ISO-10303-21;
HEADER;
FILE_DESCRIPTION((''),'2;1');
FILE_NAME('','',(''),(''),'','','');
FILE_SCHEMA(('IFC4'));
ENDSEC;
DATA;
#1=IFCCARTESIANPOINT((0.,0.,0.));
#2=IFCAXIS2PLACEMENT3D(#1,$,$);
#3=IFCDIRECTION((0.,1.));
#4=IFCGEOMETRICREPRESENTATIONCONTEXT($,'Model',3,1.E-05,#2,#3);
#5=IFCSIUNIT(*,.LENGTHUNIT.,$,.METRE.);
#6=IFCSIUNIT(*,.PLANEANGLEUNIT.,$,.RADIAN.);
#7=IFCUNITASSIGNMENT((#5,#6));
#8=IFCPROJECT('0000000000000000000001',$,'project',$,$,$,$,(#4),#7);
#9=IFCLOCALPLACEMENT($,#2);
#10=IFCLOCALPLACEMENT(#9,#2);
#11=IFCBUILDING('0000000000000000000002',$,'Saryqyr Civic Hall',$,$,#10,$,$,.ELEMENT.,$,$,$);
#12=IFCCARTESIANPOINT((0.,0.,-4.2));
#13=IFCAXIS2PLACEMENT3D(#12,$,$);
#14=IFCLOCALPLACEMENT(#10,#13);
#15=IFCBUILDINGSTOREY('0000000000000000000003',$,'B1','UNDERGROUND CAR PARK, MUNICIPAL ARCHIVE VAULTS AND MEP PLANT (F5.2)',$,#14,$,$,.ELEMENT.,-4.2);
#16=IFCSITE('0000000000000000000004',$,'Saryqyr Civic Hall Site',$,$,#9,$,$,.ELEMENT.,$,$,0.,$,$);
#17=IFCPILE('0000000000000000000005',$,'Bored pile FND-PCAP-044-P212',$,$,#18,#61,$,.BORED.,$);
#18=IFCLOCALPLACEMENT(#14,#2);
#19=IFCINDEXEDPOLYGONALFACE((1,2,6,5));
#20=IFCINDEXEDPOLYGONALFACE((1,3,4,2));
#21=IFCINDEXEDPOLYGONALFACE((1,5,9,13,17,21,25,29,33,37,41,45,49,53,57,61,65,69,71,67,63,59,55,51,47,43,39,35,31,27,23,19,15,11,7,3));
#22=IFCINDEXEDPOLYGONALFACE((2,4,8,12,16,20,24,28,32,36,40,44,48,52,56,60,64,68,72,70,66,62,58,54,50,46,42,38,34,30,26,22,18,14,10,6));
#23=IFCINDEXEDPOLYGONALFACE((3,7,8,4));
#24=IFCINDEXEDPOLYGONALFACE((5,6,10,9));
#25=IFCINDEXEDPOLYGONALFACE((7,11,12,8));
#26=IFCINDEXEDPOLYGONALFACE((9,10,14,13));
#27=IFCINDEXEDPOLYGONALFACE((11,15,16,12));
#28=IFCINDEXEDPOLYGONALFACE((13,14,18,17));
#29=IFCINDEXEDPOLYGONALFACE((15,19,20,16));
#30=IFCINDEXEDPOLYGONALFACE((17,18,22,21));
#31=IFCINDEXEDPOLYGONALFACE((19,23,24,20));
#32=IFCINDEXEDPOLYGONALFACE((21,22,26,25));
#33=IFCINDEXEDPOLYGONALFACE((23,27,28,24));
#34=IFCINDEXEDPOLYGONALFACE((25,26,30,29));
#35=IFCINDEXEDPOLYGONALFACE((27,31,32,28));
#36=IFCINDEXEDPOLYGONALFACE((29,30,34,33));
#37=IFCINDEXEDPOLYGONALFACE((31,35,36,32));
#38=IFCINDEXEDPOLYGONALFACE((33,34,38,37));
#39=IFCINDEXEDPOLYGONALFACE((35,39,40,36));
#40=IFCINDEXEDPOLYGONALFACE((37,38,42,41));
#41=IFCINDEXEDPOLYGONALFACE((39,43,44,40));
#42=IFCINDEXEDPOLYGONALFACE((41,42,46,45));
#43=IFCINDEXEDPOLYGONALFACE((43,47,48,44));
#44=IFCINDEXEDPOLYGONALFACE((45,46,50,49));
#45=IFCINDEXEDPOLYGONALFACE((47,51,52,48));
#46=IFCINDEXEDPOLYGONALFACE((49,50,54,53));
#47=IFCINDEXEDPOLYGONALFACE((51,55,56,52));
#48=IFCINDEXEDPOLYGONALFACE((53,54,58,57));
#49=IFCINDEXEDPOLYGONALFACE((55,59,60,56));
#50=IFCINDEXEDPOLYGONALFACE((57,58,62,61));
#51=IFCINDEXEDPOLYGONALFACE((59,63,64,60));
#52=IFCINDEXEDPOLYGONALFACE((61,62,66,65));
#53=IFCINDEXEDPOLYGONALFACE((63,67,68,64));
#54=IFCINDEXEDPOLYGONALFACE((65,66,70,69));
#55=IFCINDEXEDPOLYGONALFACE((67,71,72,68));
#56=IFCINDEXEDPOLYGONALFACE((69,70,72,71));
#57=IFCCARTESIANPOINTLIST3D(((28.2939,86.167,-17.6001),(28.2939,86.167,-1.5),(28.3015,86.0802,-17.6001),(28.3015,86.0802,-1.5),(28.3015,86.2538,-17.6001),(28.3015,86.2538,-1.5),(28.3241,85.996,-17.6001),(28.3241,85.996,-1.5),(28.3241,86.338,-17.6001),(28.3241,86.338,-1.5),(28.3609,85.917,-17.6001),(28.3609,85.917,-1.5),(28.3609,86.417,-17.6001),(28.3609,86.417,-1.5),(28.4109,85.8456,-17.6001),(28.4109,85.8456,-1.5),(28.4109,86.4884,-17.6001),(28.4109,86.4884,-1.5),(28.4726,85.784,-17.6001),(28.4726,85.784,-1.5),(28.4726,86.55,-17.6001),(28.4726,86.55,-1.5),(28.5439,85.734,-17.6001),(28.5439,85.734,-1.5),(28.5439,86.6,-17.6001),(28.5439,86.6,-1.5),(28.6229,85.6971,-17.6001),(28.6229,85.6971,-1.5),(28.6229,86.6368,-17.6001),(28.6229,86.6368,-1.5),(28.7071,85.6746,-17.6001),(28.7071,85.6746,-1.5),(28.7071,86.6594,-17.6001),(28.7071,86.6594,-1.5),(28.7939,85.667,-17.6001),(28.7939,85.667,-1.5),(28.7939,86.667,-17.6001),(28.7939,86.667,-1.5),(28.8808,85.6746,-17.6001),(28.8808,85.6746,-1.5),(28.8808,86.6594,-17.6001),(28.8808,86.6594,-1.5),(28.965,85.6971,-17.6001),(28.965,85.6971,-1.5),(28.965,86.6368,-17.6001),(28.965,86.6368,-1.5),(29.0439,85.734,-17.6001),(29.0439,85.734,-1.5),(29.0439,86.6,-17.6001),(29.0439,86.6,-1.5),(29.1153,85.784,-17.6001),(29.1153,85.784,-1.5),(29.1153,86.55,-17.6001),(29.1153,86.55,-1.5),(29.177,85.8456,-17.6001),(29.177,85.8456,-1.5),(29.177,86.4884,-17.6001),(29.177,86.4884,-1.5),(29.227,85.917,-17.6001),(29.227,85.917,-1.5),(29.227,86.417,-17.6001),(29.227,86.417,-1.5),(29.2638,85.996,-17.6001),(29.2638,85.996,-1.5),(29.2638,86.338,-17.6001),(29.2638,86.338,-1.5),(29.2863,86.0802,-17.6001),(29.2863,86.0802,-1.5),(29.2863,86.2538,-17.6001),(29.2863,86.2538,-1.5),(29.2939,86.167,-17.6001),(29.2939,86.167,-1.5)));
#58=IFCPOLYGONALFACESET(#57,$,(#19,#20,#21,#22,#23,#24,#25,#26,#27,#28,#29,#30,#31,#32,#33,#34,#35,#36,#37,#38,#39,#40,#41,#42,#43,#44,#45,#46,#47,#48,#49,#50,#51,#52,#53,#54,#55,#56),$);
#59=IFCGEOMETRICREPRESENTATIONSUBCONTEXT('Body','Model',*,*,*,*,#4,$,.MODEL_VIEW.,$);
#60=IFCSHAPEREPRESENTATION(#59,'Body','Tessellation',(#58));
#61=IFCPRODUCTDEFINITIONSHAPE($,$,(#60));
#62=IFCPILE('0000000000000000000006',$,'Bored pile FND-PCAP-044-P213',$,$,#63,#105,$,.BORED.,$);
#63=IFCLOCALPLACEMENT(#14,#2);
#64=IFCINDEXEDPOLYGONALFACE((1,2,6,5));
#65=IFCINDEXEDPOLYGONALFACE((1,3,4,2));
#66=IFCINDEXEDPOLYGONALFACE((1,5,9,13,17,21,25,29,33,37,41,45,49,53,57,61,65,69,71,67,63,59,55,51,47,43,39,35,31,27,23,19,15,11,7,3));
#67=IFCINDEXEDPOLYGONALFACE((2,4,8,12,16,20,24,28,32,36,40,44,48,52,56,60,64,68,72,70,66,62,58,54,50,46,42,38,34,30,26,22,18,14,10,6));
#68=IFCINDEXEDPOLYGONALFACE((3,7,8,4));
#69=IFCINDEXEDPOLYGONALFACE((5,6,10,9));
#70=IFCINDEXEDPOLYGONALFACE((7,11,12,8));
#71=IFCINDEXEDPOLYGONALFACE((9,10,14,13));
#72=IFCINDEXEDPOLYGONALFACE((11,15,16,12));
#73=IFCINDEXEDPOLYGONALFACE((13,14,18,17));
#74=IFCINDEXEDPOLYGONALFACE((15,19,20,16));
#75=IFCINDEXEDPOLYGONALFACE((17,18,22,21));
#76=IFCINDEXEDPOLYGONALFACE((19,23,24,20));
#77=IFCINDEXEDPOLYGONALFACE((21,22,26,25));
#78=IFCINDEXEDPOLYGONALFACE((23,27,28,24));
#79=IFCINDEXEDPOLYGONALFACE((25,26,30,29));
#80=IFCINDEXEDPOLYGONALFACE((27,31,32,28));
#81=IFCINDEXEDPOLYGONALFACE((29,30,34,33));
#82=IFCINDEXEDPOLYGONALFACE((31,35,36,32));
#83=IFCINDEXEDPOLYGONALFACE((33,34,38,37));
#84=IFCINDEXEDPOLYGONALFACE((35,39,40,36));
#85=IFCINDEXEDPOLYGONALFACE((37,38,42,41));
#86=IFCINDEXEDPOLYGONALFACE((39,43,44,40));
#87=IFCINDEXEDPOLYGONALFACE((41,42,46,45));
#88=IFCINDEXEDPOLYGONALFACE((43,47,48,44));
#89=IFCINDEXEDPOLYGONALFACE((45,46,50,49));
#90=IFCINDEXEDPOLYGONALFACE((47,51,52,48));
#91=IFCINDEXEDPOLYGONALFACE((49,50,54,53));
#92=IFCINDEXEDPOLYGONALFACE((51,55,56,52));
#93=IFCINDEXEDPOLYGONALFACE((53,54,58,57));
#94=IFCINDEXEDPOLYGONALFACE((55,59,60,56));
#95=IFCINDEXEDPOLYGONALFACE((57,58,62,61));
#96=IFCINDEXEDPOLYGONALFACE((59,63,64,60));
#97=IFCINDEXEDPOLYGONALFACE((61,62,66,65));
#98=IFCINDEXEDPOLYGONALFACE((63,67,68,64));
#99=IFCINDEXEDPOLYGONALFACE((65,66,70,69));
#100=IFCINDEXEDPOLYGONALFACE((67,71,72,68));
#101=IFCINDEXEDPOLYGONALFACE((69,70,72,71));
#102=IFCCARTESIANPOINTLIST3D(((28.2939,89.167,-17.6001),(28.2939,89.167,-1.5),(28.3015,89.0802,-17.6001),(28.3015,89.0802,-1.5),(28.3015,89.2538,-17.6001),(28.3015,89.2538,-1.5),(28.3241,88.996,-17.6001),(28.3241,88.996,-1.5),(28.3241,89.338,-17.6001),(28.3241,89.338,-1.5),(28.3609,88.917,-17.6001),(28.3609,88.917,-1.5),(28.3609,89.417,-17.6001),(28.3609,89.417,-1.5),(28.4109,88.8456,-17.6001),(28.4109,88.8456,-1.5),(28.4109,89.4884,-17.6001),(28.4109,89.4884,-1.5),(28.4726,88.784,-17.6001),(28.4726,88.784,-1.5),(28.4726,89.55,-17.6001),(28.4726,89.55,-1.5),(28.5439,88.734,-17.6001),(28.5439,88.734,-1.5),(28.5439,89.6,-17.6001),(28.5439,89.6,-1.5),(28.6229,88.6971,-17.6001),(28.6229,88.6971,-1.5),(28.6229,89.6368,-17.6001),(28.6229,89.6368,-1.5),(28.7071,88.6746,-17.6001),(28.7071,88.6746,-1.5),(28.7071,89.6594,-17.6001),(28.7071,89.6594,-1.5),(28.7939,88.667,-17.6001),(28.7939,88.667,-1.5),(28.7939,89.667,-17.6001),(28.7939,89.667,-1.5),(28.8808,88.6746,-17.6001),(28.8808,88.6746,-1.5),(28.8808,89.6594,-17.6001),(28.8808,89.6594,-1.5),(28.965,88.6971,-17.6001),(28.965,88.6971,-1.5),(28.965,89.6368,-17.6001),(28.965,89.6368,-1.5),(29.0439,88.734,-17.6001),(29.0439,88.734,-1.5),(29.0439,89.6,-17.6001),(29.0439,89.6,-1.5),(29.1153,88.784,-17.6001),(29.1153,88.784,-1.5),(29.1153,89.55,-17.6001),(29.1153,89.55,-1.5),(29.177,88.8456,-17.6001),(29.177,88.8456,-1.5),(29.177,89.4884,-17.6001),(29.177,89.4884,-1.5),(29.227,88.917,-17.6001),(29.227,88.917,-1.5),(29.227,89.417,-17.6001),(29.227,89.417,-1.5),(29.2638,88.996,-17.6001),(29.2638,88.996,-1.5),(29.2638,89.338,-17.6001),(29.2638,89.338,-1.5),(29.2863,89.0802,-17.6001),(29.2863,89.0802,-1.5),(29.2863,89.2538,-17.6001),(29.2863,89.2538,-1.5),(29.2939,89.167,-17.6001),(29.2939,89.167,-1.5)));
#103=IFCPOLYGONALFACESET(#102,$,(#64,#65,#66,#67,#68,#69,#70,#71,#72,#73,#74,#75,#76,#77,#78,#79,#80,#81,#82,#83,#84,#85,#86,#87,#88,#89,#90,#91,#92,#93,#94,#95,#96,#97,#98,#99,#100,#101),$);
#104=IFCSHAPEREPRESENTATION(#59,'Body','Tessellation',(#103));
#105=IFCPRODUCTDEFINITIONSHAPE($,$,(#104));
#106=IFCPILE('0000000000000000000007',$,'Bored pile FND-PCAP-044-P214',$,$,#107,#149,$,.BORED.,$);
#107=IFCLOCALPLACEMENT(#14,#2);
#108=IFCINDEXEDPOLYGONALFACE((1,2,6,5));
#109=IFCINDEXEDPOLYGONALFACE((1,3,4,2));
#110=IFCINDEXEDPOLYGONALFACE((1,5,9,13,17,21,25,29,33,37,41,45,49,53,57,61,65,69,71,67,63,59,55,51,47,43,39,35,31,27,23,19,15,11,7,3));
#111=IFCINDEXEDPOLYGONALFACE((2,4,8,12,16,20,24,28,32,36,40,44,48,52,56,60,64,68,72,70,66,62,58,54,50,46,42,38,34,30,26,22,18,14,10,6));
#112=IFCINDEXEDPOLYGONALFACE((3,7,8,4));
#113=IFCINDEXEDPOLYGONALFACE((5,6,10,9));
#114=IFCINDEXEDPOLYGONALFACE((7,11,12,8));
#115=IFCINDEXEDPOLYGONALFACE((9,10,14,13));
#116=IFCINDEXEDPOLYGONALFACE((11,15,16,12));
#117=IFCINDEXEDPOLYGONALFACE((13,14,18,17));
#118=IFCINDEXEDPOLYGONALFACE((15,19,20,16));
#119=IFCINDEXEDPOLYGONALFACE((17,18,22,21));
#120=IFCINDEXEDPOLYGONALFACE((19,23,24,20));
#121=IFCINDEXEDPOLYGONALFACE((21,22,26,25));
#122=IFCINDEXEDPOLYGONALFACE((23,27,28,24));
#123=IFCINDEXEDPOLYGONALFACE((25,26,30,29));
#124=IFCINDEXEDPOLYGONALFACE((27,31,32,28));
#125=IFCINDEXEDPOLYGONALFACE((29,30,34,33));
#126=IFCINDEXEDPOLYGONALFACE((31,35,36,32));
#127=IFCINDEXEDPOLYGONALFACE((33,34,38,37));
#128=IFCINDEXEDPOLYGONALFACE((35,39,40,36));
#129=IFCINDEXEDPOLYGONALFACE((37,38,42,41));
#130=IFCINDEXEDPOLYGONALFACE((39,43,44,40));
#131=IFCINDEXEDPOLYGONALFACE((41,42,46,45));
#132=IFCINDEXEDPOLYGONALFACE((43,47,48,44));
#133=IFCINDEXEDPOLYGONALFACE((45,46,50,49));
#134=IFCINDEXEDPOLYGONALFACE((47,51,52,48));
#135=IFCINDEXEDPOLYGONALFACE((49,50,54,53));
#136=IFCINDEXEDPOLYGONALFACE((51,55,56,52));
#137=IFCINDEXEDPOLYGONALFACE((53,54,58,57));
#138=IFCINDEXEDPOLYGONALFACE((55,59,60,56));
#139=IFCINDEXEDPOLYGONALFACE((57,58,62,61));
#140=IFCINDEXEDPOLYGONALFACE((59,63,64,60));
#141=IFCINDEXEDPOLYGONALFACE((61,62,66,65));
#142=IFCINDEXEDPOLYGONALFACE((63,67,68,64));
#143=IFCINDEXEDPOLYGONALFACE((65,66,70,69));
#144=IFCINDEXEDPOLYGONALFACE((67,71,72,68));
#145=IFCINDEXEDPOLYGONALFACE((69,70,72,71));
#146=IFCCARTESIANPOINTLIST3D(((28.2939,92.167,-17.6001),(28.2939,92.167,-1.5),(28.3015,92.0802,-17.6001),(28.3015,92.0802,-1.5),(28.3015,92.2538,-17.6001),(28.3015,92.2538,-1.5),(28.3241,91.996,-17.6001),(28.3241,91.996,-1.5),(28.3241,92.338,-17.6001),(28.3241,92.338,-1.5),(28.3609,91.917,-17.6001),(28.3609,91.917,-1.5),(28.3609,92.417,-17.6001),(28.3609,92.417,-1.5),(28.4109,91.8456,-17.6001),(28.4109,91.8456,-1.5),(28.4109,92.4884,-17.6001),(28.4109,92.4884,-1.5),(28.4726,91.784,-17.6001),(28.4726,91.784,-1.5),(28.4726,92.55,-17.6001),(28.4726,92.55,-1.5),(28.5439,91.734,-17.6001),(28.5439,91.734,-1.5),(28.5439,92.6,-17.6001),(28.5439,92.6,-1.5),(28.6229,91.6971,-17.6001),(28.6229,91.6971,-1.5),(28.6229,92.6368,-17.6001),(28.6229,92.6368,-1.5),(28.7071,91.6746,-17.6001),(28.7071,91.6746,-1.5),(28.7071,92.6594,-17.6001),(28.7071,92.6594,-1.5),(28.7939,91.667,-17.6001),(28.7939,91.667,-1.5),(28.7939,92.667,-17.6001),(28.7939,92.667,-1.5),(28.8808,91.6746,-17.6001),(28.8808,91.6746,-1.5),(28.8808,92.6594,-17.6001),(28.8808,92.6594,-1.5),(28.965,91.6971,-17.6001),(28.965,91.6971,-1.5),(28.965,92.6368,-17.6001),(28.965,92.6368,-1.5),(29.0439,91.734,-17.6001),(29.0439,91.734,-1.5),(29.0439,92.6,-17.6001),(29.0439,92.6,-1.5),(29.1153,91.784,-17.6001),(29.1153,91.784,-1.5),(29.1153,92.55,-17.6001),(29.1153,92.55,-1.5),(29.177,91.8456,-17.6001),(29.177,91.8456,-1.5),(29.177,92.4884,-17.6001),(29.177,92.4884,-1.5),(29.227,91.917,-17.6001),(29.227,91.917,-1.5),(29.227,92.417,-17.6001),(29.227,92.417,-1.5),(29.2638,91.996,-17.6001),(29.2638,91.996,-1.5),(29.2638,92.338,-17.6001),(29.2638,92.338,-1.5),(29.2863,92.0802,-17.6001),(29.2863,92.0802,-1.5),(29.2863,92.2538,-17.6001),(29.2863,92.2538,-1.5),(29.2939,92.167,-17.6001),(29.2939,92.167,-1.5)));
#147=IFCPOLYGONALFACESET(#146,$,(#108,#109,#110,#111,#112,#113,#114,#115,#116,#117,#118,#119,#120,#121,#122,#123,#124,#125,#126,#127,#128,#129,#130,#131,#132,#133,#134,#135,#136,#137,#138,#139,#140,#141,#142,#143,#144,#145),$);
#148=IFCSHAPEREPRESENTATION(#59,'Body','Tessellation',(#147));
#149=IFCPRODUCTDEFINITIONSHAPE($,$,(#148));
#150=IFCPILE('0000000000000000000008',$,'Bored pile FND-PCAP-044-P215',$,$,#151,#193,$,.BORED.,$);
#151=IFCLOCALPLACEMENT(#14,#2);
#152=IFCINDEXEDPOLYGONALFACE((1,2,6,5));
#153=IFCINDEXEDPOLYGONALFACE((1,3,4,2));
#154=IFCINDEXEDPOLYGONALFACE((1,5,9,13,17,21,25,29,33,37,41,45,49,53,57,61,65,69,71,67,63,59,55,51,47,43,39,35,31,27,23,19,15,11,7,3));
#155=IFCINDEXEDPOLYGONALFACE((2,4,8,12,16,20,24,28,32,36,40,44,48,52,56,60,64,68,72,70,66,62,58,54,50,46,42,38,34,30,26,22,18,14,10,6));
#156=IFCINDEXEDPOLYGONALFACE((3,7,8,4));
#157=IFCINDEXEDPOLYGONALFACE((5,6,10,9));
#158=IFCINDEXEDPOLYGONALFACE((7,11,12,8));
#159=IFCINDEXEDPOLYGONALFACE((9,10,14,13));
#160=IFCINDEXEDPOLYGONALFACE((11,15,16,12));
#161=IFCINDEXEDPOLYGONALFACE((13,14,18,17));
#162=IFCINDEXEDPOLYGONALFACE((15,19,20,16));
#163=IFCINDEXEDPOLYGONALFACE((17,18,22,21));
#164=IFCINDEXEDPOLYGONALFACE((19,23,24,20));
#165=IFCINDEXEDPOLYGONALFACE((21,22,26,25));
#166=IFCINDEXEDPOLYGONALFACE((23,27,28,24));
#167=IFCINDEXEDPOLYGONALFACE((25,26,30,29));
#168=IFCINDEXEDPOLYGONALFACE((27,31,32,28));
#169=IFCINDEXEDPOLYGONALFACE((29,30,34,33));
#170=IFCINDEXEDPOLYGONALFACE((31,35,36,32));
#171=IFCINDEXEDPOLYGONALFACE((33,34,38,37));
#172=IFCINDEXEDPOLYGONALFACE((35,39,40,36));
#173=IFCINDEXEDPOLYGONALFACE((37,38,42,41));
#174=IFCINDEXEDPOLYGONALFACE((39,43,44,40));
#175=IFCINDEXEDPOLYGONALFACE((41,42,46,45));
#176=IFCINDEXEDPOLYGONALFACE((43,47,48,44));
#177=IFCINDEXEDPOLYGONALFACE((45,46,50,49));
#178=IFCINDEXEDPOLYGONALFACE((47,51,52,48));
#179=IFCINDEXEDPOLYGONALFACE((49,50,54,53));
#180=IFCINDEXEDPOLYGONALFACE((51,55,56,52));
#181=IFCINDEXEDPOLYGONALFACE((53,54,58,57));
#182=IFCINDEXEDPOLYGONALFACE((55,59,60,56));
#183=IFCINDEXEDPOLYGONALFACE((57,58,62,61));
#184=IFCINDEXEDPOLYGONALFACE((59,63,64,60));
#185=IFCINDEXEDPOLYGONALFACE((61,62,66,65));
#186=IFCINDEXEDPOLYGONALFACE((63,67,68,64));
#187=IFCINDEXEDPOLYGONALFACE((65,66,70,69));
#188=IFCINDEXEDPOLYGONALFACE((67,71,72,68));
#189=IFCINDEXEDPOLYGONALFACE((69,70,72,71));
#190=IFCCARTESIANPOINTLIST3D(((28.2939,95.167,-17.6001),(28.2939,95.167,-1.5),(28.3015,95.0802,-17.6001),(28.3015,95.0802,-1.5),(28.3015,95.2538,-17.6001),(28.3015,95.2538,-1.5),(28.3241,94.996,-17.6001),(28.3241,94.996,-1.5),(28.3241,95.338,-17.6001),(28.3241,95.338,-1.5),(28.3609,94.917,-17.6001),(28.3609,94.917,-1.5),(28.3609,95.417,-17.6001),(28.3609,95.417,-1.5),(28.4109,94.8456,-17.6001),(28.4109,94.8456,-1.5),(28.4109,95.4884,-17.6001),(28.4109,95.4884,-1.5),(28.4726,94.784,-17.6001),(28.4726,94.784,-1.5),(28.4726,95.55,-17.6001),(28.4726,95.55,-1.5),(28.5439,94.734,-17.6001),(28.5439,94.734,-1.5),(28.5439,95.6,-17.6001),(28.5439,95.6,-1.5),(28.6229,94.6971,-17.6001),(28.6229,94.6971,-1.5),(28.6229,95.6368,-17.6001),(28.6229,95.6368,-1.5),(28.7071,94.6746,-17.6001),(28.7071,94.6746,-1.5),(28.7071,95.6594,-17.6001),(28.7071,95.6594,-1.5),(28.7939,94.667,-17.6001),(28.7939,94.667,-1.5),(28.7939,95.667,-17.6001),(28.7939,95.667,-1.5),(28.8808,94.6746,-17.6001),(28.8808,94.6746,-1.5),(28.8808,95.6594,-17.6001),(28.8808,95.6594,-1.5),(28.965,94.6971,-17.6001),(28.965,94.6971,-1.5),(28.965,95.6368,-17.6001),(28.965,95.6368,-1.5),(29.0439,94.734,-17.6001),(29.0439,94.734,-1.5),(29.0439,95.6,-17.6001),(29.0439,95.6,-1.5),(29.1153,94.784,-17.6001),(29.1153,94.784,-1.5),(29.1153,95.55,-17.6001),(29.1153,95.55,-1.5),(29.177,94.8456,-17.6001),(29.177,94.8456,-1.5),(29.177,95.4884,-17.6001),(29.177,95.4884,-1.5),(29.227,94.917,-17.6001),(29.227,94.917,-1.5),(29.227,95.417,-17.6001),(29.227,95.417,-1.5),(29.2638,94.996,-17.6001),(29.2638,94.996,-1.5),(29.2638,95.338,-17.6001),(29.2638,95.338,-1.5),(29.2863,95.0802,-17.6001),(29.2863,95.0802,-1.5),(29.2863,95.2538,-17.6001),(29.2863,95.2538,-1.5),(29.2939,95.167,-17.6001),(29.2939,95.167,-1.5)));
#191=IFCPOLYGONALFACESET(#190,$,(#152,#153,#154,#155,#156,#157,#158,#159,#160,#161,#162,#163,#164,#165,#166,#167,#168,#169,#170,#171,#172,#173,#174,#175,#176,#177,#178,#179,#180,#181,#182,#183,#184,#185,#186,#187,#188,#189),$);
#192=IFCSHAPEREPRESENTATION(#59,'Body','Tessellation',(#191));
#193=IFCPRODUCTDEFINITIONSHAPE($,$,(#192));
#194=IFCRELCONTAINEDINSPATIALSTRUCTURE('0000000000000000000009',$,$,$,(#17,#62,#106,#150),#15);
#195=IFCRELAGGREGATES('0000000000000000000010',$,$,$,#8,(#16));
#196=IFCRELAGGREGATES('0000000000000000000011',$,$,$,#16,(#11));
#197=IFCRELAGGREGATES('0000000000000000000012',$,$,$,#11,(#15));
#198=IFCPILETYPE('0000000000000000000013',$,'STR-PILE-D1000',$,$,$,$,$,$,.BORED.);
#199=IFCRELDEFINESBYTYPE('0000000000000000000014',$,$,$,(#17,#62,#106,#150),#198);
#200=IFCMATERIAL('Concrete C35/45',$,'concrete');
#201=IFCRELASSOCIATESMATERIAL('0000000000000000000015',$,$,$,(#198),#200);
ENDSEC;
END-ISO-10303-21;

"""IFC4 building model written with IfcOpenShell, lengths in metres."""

from ifc_helpers import new_model, si_unit, direction, frame, origin, origin_2d, place, context, subcontext, project, spatial, circle, extrude, material, material_profile, profile_set, type_object, element, save


model = new_model("IFC4")

# Units and contexts
model_context = context("Model", 3, precision=1e-05, world=origin(), true_north=direction((0.0, 1.0)))
body_context = subcontext(model_context, "Body", "Model", "MODEL_VIEW")
ifc_project = project(units=[si_unit("LENGTHUNIT", "METRE"), si_unit("PLANEANGLEUNIT", "RADIAN")], contexts=[model_context])

# Site, building, storey
site_placement = place(None, origin())
site = spatial("IfcSite", under=ifc_project, at=site_placement, Name="Saryqyr Civic Hall Site", CompositionType="ELEMENT", RefElevation=0.0)
building_placement = place(site_placement, origin())
building = spatial("IfcBuilding", under=site, at=building_placement, Name="Saryqyr Civic Hall", CompositionType="ELEMENT")
storey_placement = place(building_placement, frame((0.0, 0.0, -4.2)))
storey = spatial("IfcBuildingStorey", under=building, at=storey_placement, Name="B1", Description="UNDERGROUND CAR PARK, MUNICIPAL ARCHIVE VAULTS AND MEP PLANT (F5.2)", CompositionType="ELEMENT", Elevation=-4.2)

# Piles
ifc_material_1 = material(Name="Concrete C35/45", Category="concrete")
ifc_material_profile_1 = material_profile(ifc_material_1, circle(Radius=0.5, at=origin_2d()), Name="BORED PILE D1000")
ifc_profile_set_1 = profile_set([ifc_material_profile_1], Name="Concrete C35/45")
pile_type = type_object("IfcPileType", Name="STR-PILE-D1000", PredefinedType="BORED", material=ifc_profile_set_1)
for number, where, z_axis, x_axis, name in (
    (1, (28.7939, 86.167, -1.5), (0.0, 0.0, -1.0), (1.0, 0.0, 0.0), "Bored pile FND-PCAP-044-P212"),
    (2, (28.7939, 89.167, -1.5), (0.0, 0.0, -1.0), (1.0, 0.0, 0.0), "Bored pile FND-PCAP-044-P213"),
    (3, (28.7939, 92.167, -1.5), (0.0, 0.0, -1.0), (1.0, 0.0, 0.0), "Bored pile FND-PCAP-044-P214"),
    (4, (28.7939, 95.167, -1.5), (0.0, 0.0, -1.0), (1.0, 0.0, 0.0), "Bored pile FND-PCAP-044-P215"),
):
    element("IfcPile", number, at=place(storey_placement, frame(where, z_axis=z_axis, x_axis=x_axis)), inside=storey, type_object=pile_type, Name=name, PredefinedType="BORED", context=body_context, shape_type="SweptSolid", body=[
        extrude(circle(Radius=0.5, at=origin_2d()), origin(), (0.0, 0.0, 1.0), 16.1001),
    ])

save(model, "model.ifc")
